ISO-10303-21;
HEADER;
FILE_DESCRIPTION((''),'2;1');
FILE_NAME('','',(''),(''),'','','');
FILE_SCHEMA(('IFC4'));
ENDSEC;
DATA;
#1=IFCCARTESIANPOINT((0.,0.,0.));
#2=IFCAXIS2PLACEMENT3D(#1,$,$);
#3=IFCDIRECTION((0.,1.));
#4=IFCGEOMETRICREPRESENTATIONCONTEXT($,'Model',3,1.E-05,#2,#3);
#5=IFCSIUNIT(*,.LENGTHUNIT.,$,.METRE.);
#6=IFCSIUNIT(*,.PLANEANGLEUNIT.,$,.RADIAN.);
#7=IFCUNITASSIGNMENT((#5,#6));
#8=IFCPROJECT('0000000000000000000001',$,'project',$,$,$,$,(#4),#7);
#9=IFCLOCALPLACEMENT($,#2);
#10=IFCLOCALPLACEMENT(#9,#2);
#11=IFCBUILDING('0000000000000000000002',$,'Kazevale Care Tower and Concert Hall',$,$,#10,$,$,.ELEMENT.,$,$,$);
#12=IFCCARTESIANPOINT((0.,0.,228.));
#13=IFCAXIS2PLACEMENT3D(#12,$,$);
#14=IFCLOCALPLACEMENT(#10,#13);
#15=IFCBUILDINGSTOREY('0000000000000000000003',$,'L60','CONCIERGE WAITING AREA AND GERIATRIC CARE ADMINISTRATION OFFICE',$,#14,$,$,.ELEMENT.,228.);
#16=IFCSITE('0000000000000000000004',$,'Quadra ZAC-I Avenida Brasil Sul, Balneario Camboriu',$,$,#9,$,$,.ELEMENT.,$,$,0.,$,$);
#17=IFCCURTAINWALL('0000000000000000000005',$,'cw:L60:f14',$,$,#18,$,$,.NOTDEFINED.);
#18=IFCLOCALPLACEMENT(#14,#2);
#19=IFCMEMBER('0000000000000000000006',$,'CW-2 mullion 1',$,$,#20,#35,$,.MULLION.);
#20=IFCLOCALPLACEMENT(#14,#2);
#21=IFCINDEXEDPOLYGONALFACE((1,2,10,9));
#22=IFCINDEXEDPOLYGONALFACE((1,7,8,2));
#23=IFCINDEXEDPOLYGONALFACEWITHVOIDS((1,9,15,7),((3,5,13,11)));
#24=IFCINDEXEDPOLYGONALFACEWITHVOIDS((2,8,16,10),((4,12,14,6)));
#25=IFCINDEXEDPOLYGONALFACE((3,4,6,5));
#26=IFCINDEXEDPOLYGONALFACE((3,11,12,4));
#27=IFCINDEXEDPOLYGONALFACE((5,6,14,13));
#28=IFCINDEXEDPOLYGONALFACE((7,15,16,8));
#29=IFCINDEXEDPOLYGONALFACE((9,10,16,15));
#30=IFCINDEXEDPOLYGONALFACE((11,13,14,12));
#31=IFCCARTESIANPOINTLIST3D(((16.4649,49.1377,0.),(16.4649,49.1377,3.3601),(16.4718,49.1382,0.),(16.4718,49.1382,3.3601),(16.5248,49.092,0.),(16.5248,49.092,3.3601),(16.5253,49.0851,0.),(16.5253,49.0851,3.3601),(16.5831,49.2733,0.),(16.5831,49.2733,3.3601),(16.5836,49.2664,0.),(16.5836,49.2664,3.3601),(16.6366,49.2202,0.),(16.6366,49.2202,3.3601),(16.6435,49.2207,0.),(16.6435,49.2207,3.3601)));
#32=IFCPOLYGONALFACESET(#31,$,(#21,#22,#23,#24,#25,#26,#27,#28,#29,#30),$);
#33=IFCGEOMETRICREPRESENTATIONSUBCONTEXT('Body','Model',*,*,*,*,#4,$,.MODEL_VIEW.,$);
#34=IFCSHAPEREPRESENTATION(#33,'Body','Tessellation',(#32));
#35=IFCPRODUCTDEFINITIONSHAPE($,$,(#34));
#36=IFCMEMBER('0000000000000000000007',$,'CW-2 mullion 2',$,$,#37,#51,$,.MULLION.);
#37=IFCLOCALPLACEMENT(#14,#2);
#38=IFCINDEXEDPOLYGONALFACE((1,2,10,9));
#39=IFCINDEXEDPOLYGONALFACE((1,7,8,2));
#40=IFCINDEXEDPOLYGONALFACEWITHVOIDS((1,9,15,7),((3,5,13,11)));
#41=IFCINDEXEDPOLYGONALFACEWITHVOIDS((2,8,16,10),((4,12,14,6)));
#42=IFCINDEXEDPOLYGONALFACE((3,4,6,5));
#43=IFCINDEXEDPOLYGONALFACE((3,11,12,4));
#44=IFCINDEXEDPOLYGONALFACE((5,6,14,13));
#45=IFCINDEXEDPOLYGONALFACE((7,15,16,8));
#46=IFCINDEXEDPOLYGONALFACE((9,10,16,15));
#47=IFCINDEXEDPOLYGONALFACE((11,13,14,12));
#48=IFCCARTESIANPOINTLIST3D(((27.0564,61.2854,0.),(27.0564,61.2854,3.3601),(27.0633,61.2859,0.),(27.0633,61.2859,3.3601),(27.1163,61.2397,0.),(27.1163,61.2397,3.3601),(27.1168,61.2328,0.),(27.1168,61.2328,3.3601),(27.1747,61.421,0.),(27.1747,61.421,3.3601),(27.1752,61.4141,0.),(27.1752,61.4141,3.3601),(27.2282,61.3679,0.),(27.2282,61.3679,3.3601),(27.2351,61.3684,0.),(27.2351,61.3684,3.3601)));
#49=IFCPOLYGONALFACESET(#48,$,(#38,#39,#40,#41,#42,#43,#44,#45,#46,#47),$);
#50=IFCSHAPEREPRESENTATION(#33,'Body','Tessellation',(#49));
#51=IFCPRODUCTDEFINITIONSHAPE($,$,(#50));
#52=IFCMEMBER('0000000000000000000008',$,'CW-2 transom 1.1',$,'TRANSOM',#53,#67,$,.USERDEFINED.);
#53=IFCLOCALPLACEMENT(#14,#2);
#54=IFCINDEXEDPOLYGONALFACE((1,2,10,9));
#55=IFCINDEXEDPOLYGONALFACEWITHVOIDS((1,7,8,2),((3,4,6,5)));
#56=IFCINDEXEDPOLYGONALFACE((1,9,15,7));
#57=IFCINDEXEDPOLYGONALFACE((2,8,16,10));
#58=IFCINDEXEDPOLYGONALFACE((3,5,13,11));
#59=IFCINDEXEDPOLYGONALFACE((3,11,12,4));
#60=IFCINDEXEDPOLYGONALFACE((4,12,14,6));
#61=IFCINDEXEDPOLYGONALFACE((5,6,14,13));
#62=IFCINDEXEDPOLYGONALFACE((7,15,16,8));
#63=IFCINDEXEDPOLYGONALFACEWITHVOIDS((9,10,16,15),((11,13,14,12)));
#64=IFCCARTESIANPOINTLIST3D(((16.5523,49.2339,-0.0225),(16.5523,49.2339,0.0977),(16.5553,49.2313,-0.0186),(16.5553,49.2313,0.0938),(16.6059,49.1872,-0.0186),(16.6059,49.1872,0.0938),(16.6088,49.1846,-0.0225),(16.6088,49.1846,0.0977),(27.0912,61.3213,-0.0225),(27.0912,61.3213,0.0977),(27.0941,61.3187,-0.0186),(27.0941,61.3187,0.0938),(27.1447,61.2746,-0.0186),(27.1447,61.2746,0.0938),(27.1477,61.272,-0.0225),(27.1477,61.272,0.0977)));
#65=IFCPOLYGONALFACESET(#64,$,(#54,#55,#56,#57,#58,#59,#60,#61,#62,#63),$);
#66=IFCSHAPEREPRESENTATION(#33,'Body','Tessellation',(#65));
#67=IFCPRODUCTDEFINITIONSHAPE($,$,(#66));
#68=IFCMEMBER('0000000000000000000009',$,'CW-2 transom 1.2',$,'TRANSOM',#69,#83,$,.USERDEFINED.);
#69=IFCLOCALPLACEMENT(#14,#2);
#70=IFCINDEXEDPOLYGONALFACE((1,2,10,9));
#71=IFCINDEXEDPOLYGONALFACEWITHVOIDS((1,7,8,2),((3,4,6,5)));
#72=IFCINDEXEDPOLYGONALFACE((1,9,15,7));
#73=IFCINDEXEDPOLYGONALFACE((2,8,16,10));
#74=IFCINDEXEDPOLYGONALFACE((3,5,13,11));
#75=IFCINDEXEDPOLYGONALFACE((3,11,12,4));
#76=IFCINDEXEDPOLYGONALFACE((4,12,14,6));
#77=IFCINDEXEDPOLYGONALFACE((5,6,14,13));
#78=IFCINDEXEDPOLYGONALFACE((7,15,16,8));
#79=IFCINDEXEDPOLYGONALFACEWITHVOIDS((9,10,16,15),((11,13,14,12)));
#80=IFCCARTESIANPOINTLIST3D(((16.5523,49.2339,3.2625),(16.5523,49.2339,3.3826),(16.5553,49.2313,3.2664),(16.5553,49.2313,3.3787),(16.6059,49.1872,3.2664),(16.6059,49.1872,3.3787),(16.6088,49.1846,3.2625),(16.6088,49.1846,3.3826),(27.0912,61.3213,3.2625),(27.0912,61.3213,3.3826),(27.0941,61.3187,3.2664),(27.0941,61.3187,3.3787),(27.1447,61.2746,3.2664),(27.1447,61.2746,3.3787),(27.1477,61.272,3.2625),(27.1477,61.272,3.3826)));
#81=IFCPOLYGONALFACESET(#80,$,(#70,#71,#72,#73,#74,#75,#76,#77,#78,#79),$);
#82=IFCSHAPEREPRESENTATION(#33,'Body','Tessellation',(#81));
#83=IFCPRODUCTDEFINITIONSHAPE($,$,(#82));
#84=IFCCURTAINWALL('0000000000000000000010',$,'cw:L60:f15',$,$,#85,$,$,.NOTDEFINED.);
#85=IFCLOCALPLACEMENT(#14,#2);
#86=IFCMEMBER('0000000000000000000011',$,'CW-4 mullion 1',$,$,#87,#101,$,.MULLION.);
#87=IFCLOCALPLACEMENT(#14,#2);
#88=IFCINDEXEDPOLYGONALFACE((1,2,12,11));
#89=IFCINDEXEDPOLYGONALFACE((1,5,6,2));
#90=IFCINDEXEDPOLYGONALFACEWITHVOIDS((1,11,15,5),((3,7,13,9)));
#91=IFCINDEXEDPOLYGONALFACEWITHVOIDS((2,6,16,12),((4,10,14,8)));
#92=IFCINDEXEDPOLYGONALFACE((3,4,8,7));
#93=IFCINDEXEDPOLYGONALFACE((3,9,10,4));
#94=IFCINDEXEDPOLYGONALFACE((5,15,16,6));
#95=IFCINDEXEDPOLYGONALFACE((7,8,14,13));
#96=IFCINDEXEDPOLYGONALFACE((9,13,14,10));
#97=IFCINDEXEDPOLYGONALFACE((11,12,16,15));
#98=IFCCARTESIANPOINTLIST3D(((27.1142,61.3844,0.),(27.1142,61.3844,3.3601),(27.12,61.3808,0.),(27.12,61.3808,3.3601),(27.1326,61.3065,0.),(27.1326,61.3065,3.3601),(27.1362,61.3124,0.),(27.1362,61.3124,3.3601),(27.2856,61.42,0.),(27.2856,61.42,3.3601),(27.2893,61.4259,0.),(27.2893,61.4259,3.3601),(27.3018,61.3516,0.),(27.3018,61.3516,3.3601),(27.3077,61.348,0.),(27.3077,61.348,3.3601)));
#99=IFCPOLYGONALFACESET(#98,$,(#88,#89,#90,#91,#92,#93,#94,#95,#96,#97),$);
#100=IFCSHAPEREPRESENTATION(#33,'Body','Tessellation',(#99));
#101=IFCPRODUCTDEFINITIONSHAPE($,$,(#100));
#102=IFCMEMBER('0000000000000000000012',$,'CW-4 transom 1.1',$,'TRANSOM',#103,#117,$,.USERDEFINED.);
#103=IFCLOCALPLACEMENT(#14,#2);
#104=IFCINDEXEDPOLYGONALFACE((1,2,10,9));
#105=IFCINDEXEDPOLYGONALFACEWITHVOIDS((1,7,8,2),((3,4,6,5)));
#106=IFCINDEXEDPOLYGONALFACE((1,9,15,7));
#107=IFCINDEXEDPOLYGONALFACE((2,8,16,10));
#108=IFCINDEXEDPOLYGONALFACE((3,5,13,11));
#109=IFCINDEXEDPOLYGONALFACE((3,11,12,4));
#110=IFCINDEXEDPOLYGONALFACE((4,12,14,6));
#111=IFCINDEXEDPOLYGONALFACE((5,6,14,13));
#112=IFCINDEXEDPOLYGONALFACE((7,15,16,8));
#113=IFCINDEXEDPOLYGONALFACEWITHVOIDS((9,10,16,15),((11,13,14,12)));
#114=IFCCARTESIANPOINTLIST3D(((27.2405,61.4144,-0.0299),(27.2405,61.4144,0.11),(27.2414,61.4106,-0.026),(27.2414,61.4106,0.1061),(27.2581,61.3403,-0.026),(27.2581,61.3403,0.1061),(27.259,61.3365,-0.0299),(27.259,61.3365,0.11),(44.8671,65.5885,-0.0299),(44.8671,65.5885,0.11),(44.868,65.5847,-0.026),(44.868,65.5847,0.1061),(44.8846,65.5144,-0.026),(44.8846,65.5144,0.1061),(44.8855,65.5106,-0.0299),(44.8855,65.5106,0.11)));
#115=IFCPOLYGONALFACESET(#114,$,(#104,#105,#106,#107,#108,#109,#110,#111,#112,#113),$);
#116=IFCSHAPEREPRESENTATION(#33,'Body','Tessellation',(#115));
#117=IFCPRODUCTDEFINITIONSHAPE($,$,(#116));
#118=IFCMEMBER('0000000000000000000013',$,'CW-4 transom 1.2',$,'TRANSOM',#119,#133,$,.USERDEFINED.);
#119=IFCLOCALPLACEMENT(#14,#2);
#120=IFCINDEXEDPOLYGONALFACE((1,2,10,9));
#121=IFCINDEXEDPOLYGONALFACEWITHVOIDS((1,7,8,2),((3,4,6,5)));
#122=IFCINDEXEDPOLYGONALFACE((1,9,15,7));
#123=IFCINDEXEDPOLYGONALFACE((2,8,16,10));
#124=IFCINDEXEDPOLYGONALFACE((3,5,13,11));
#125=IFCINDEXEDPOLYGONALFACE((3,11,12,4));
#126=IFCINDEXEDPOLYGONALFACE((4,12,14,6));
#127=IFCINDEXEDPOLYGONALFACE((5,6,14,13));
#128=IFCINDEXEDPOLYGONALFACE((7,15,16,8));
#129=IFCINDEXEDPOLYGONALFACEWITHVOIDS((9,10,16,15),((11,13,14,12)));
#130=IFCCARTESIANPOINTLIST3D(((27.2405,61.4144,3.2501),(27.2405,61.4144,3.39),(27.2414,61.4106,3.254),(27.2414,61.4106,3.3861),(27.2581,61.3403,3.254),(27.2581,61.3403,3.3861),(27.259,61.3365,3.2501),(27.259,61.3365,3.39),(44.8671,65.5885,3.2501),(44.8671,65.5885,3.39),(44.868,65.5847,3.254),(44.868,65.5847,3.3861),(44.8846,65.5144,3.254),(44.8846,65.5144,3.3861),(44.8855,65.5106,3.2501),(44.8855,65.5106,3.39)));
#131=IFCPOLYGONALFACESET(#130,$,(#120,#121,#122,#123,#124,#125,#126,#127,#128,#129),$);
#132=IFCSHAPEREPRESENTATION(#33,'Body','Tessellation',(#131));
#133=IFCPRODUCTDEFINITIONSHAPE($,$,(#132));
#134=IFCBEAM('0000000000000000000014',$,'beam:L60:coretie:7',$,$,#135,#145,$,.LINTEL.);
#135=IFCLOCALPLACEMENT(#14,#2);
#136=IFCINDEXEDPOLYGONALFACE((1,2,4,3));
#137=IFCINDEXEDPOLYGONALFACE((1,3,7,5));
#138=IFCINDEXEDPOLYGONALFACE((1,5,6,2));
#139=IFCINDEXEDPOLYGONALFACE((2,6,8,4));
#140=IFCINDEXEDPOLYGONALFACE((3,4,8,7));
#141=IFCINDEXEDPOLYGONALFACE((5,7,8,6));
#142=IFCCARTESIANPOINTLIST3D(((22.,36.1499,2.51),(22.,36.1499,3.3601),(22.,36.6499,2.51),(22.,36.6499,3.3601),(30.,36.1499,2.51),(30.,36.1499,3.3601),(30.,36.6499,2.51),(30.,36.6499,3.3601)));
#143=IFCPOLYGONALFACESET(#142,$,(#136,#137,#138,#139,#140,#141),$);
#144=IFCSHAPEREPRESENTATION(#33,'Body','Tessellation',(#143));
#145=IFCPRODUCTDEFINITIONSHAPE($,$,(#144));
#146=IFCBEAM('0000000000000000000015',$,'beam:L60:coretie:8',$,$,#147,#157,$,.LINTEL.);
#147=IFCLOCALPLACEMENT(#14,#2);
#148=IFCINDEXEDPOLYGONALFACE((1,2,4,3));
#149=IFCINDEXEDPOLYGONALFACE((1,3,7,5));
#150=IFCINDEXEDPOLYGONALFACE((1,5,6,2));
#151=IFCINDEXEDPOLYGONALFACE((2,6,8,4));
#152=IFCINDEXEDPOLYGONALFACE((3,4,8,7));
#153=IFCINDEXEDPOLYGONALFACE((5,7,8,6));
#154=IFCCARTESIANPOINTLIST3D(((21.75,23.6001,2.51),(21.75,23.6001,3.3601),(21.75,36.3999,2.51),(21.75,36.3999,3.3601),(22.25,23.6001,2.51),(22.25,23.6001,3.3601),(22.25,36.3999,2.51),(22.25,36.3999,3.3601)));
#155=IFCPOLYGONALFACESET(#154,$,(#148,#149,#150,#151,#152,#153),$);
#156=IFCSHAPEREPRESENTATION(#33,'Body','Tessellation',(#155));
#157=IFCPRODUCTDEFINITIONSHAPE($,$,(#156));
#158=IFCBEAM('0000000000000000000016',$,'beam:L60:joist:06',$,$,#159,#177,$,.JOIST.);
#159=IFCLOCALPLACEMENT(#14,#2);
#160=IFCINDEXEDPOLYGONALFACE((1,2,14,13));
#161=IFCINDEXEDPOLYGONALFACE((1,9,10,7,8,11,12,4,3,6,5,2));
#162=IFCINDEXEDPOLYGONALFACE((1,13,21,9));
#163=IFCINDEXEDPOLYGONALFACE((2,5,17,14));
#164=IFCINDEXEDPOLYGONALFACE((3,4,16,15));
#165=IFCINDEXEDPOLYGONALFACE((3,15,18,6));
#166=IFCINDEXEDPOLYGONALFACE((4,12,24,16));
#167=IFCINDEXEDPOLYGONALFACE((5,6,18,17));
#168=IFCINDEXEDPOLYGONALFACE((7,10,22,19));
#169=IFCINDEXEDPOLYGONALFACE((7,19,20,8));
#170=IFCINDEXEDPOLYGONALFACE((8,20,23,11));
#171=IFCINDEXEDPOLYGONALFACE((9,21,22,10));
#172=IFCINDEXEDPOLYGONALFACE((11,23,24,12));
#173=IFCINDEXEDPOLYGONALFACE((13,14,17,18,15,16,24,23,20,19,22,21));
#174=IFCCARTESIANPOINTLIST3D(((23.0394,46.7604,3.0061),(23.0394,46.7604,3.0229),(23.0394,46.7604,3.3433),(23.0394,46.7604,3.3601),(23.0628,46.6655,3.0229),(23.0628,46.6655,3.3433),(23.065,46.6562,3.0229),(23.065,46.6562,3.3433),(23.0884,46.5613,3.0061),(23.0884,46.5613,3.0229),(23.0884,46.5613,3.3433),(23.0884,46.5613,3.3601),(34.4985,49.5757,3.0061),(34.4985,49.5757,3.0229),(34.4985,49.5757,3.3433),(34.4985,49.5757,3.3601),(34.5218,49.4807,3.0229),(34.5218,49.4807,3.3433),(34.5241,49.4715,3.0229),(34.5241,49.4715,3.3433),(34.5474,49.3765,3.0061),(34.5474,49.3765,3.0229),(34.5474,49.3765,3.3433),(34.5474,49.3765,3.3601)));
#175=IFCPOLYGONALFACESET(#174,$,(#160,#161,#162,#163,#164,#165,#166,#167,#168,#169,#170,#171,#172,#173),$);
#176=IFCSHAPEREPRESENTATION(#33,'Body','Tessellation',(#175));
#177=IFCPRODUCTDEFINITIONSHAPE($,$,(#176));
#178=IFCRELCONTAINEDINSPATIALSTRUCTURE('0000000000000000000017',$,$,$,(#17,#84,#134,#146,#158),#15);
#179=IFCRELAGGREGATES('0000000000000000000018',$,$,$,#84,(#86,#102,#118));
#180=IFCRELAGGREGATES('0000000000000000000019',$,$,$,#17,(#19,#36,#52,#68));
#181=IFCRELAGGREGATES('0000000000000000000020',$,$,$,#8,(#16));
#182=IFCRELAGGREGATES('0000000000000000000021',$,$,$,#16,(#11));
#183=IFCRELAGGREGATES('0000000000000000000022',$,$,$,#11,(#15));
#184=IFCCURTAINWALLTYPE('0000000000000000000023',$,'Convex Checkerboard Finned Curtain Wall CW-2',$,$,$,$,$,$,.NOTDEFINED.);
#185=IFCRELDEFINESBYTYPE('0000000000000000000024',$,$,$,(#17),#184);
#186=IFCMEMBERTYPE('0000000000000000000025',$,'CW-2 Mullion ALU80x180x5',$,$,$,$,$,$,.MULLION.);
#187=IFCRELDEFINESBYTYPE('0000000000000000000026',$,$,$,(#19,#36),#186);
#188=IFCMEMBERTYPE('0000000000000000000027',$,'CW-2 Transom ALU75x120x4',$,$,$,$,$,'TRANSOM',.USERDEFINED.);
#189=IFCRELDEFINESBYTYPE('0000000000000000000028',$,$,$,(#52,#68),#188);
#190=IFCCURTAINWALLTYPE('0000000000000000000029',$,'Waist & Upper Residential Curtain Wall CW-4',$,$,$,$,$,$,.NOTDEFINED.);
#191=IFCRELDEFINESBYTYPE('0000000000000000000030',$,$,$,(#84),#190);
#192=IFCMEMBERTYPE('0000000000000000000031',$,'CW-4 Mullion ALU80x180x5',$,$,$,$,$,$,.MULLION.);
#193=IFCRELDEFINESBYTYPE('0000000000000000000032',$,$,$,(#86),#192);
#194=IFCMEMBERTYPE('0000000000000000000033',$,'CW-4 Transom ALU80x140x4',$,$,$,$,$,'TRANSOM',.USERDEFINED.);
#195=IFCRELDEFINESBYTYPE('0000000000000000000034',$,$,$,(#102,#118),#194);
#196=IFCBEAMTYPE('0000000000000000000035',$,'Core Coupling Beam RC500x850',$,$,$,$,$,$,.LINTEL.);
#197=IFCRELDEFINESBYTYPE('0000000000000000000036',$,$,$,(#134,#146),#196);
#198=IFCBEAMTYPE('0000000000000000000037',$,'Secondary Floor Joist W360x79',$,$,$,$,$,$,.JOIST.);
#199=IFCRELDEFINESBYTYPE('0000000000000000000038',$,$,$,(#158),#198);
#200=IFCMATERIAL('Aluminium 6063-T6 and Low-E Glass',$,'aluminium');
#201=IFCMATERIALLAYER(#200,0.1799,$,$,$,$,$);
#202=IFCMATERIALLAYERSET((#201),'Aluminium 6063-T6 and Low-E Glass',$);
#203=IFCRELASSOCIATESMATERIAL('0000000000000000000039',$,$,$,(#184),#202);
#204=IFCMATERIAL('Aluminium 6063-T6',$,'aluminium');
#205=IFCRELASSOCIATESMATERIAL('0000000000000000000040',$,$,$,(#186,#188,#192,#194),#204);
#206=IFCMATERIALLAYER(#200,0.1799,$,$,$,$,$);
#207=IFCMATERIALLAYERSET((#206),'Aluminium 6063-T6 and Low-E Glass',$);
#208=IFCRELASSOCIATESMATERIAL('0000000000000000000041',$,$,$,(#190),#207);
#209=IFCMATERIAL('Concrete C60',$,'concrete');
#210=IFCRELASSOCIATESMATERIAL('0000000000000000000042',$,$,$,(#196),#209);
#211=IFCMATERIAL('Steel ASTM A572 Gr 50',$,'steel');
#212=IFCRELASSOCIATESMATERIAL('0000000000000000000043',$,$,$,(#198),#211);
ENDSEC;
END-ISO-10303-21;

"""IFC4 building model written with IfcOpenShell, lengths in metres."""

from ifc_helpers import new_model, si_unit, direction, frame, origin, origin_2d, place, context, subcontext, project, spatial, rectangle, hollow_rectangle, i_section, extrude, material, layer, layer_set, material_profile, profile_set, type_object, element, aggregate, save


model = new_model("IFC4")

# Units and contexts
model_context = context("Model", 3, precision=1e-05, world=origin(), true_north=direction((0.0, 1.0)))
body_context = subcontext(model_context, "Body", "Model", "MODEL_VIEW")
ifc_project = project(units=[si_unit("LENGTHUNIT", "METRE"), si_unit("PLANEANGLEUNIT", "RADIAN")], contexts=[model_context])

# Site, building, storey
site_placement = place(None, origin())
site = spatial("IfcSite", under=ifc_project, at=site_placement, Name="Quadra ZAC-I Avenida Brasil Sul, Balneario Camboriu", CompositionType="ELEMENT", RefElevation=0.0)
building_placement = place(site_placement, origin())
building = spatial("IfcBuilding", under=site, at=building_placement, Name="Kazevale Care Tower and Concert Hall", CompositionType="ELEMENT")
storey_placement = place(building_placement, frame((0.0, 0.0, 228.0)))
storey = spatial("IfcBuildingStorey", under=building, at=storey_placement, Name="L60", Description="CONCIERGE WAITING AREA AND GERIATRIC CARE ADMINISTRATION OFFICE", CompositionType="ELEMENT", Elevation=228.0)

# Curtain walls, members
ifc_material_1 = material(Name="Aluminium 6063-T6 and Low-E Glass", Category="aluminium")
ifc_layer_1 = layer(ifc_material_1, 0.1799)
ifc_layer_set_1 = layer_set([ifc_layer_1], Name="Aluminium 6063-T6 and Low-E Glass")
curtain_wall_type_1 = type_object("IfcCurtainWallType", Name="Convex Checkerboard Finned Curtain Wall CW-2", PredefinedType="NOTDEFINED", material=ifc_layer_set_1)
curtain_wall_1_placement = place(storey_placement, origin())
curtain_wall_1 = element("IfcCurtainWall", 1, at=curtain_wall_1_placement, inside=storey, type_object=curtain_wall_type_1, Name="cw:L60:f14", PredefinedType="NOTDEFINED")
ifc_material_2 = material(Name="Aluminium 6063-T6", Category="aluminium")
ifc_material_profile_1 = material_profile(ifc_material_2, hollow_rectangle(XDim=0.0801, YDim=0.1799, WallThickness=0.0049, at=origin_2d()), Name="ALU80x180x5")
ifc_profile_set_1 = profile_set([ifc_material_profile_1], Name="Aluminium 6063-T6")
member_type_1 = type_object("IfcMemberType", Name="CW-2 Mullion ALU80x180x5", PredefinedType="MULLION", material=ifc_profile_set_1)
member_1_placement = place(storey_placement, frame((16.5542, 49.1792, 0.0), z_axis=(0.0, 0.0, 1.0), x_axis=(-0.753738, 0.657175, 0.0)))
member_1 = element("IfcMember", 2, at=member_1_placement, type_object=member_type_1, Name="CW-2 mullion 1", PredefinedType="MULLION", context=body_context, shape_type="SweptSolid", body=[
    extrude(hollow_rectangle(XDim=0.0801, YDim=0.1799, WallThickness=0.0049, at=origin_2d()), origin(), (0.0, 0.0, 1.0), 3.3601),
])
member_2_placement = place(storey_placement, frame((27.1458, 61.3269, 0.0), z_axis=(0.0, 0.0, 1.0), x_axis=(-0.753738, 0.657175, 0.0)))
member_2 = element("IfcMember", 3, at=member_2_placement, type_object=member_type_1, Name="CW-2 mullion 2", PredefinedType="MULLION", context=body_context, shape_type="SweptSolid", body=[
    extrude(hollow_rectangle(XDim=0.0801, YDim=0.1799, WallThickness=0.0049, at=origin_2d()), origin(), (0.0, 0.0, 1.0), 3.3601),
])
ifc_material_profile_2 = material_profile(ifc_material_2, hollow_rectangle(XDim=0.075, YDim=0.1201, WallThickness=0.0039, at=origin_2d()), Name="ALU75x120x4")
ifc_profile_set_2 = profile_set([ifc_material_profile_2], Name="Aluminium 6063-T6")
member_type_2 = type_object("IfcMemberType", Name="CW-2 Transom ALU75x120x4", ElementType="TRANSOM", PredefinedType="USERDEFINED", material=ifc_profile_set_2)
member_3_placement = place(storey_placement, frame((16.5806, 49.2092, 0.0376), z_axis=(0.657174, 0.753739, 0.0), x_axis=(-0.753739, 0.657174, 0.0)))
member_3 = element("IfcMember", 4, at=member_3_placement, type_object=member_type_2, Name="CW-2 transom 1.1", ObjectType="TRANSOM", PredefinedType="USERDEFINED", context=body_context, shape_type="SweptSolid", body=[
    extrude(hollow_rectangle(XDim=0.075, YDim=0.1201, WallThickness=0.0039, at=origin_2d()), origin(), (0.0, 0.0, 1.0), 16.0366),
])
member_4_placement = place(storey_placement, frame((16.5806, 49.2092, 3.3225), z_axis=(0.657174, 0.753739, 0.0), x_axis=(-0.753739, 0.657174, 0.0)))
member_4 = element("IfcMember", 5, at=member_4_placement, type_object=member_type_2, Name="CW-2 transom 1.2", ObjectType="TRANSOM", PredefinedType="USERDEFINED", context=body_context, shape_type="SweptSolid", body=[
    extrude(hollow_rectangle(XDim=0.075, YDim=0.1201, WallThickness=0.0039, at=origin_2d()), origin(), (0.0, 0.0, 1.0), 16.0366),
])
ifc_layer_2 = layer(ifc_material_1, 0.1799)
ifc_layer_set_2 = layer_set([ifc_layer_2], Name="Aluminium 6063-T6 and Low-E Glass")
curtain_wall_type_2 = type_object("IfcCurtainWallType", Name="Waist & Upper Residential Curtain Wall CW-4", PredefinedType="NOTDEFINED", material=ifc_layer_set_2)
curtain_wall_2_placement = place(storey_placement, origin())
curtain_wall_2 = element("IfcCurtainWall", 6, at=curtain_wall_2_placement, inside=storey, type_object=curtain_wall_type_2, Name="cw:L60:f15", PredefinedType="NOTDEFINED")
ifc_material_profile_3 = material_profile(ifc_material_2, hollow_rectangle(XDim=0.0801, YDim=0.1799, WallThickness=0.0049, at=origin_2d()), Name="ALU80x180x5")
ifc_profile_set_3 = profile_set([ifc_material_profile_3], Name="Aluminium 6063-T6")
member_type_3 = type_object("IfcMemberType", Name="CW-4 Mullion ALU80x180x5", PredefinedType="MULLION", material=ifc_profile_set_3)
member_5_placement = place(storey_placement, frame((27.2109, 61.3662, 0.0), z_axis=(0.0, 0.0, 1.0), x_axis=(-0.230439, 0.973087, 0.0)))
member_5 = element("IfcMember", 7, at=member_5_placement, type_object=member_type_3, Name="CW-4 mullion 1", PredefinedType="MULLION", context=body_context, shape_type="SweptSolid", body=[
    extrude(hollow_rectangle(XDim=0.0801, YDim=0.1799, WallThickness=0.0049, at=origin_2d()), origin(), (0.0, 0.0, 1.0), 3.3601),
])
ifc_material_profile_4 = material_profile(ifc_material_2, hollow_rectangle(XDim=0.0801, YDim=0.1399, WallThickness=0.0039, at=origin_2d()), Name="ALU80x140x4")
ifc_profile_set_4 = profile_set([ifc_material_profile_4], Name="Aluminium 6063-T6")
member_type_4 = type_object("IfcMemberType", Name="CW-4 Transom ALU80x140x4", ElementType="TRANSOM", PredefinedType="USERDEFINED", material=ifc_profile_set_4)
member_6_placement = place(storey_placement, frame((27.2498, 61.3755, 0.04), z_axis=(0.973088, 0.230434, 0.0), x_axis=(-0.230434, 0.973088, 0.0)))
member_6 = element("IfcMember", 8, at=member_6_placement, type_object=member_type_4, Name="CW-4 transom 1.1", ObjectType="TRANSOM", PredefinedType="USERDEFINED", context=body_context, shape_type="SweptSolid", body=[
    extrude(hollow_rectangle(XDim=0.0801, YDim=0.1399, WallThickness=0.0039, at=origin_2d()), origin(), (0.0, 0.0, 1.0), 18.114),
])
member_7_placement = place(storey_placement, frame((27.2498, 61.3755, 3.3201), z_axis=(0.973088, 0.230434, 0.0), x_axis=(-0.230434, 0.973088, 0.0)))
member_7 = element("IfcMember", 9, at=member_7_placement, type_object=member_type_4, Name="CW-4 transom 1.2", ObjectType="TRANSOM", PredefinedType="USERDEFINED", context=body_context, shape_type="SweptSolid", body=[
    extrude(hollow_rectangle(XDim=0.0801, YDim=0.1399, WallThickness=0.0039, at=origin_2d()), origin(), (0.0, 0.0, 1.0), 18.114),
])
aggregate(curtain_wall_2, [member_5, member_6, member_7])

# Beams
ifc_material_3 = material(Name="Concrete C60", Category="concrete")
ifc_material_profile_5 = material_profile(ifc_material_3, rectangle(XDim=0.5, YDim=0.8501, at=origin_2d()), Name="RC-B500x850")
ifc_profile_set_5 = profile_set([ifc_material_profile_5], Name="Concrete C60")
beam_type_1 = type_object("IfcBeamType", Name="Core Coupling Beam RC500x850", PredefinedType="LINTEL", material=ifc_profile_set_5)
beam_1_placement = place(storey_placement, frame((30.0, 36.3999, 2.9351), z_axis=(-1.0, 0.0, 0.0), x_axis=(0.0, -1.0, 0.0)))
element("IfcBeam", 10, at=beam_1_placement, inside=storey, type_object=beam_type_1, Name="beam:L60:coretie:7", PredefinedType="LINTEL", context=body_context, shape_type="SweptSolid", body=[
    extrude(rectangle(XDim=0.5, YDim=0.8501, at=origin_2d()), origin(), (0.0, 0.0, 1.0), 8.0),
])
beam_2_placement = place(storey_placement, frame((22.0, 36.3999, 2.9351), z_axis=(0.0, -1.0, 0.0), x_axis=(1.0, 0.0, 0.0)))
element("IfcBeam", 11, at=beam_2_placement, inside=storey, type_object=beam_type_1, Name="beam:L60:coretie:8", PredefinedType="LINTEL", context=body_context, shape_type="SweptSolid", body=[
    extrude(rectangle(XDim=0.5, YDim=0.8501, at=origin_2d()), origin(), (0.0, 0.0, 1.0), 12.7998),
])
ifc_material_4 = material(Name="Steel ASTM A572 Gr 50", Category="steel")
ifc_material_profile_6 = material_profile(ifc_material_4, i_section(OverallWidth=0.2051, OverallDepth=0.354, WebThickness=0.0095, FlangeThickness=0.0168, at=origin_2d()), Name="W360x79")
ifc_profile_set_6 = profile_set([ifc_material_profile_6], Name="Steel ASTM A572 Gr 50")
beam_type_2 = type_object("IfcBeamType", Name="Secondary Floor Joist W360x79", PredefinedType="JOIST", material=ifc_profile_set_6)
beam_3_placement = place(storey_placement, frame((34.5229, 49.4761, 3.1831), z_axis=(-0.971123, -0.238581, 0.0), x_axis=(0.238581, -0.971123, 0.0)))
element("IfcBeam", 12, at=beam_3_placement, inside=storey, type_object=beam_type_2, Name="beam:L60:joist:06", PredefinedType="JOIST", context=body_context, shape_type="SweptSolid", body=[
    extrude(i_section(OverallWidth=0.2051, OverallDepth=0.354, WebThickness=0.0095, FlangeThickness=0.0168, at=origin_2d()), origin(), (0.0, 0.0, 1.0), 11.7998),
])

aggregate(curtain_wall_1, [member_1, member_2, member_3, member_4])

save(model, "model.ifc")
